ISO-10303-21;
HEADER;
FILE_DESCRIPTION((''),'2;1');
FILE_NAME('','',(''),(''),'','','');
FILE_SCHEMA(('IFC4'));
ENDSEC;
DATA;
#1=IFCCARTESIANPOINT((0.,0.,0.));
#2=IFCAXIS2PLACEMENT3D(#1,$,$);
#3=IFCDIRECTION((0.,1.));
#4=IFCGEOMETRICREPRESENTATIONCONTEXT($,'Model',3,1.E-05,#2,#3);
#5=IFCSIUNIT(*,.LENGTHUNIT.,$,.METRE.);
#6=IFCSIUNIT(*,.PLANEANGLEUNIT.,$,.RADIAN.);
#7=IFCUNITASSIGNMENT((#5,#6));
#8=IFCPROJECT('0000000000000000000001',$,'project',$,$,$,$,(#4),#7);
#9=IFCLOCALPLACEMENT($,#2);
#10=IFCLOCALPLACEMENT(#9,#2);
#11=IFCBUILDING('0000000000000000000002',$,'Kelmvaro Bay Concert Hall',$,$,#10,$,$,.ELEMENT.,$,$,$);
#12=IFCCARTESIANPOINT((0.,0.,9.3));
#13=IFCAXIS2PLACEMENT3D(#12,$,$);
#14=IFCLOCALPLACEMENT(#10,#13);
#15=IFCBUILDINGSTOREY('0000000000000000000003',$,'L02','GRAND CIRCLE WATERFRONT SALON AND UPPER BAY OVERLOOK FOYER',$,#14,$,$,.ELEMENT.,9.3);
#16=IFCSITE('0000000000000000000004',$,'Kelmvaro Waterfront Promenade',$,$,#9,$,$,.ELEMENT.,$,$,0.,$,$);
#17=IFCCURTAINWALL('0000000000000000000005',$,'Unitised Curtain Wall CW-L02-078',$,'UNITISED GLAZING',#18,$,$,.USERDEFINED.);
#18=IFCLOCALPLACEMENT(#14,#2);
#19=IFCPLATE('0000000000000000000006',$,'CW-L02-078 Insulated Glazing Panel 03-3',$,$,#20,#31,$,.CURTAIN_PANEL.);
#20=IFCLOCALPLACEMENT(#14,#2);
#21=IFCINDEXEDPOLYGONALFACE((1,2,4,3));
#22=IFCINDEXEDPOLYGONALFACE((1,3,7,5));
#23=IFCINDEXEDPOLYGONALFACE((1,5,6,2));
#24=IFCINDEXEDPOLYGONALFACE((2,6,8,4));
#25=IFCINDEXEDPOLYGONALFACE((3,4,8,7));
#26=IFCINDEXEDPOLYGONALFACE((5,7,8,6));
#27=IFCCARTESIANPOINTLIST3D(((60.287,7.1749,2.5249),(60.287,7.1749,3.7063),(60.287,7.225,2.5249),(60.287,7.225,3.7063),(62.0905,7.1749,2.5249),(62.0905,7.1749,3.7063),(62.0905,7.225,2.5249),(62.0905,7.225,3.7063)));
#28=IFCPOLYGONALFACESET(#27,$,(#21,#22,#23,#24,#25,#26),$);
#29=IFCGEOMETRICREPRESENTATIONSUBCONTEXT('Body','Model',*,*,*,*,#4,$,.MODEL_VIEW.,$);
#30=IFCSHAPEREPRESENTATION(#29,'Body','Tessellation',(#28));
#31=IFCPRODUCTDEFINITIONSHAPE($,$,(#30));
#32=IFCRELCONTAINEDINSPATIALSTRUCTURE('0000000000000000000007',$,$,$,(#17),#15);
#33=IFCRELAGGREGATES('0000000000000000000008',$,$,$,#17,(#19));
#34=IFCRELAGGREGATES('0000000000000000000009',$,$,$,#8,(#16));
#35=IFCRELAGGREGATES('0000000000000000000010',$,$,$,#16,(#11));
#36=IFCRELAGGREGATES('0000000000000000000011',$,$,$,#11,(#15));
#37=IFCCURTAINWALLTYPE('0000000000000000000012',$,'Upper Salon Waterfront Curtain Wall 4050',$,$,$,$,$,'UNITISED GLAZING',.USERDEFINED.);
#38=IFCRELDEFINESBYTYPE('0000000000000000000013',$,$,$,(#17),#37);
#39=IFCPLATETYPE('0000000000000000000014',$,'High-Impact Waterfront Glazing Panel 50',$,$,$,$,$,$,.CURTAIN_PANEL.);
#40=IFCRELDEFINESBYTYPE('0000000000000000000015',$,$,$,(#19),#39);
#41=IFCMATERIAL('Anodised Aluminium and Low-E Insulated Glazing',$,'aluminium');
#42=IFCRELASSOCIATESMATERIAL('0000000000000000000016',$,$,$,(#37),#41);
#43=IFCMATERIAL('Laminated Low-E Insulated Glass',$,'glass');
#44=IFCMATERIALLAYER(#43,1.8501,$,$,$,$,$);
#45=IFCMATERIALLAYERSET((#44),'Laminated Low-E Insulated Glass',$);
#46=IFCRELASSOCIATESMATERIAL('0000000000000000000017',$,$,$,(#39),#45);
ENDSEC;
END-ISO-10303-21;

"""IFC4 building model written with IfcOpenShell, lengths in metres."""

from ifc_helpers import new_model, si_unit, direction, frame, origin, origin_2d, place, context, subcontext, project, spatial, rectangle, extrude, material, layer, layer_set, type_object, element, aggregate, save


model = new_model("IFC4")

# Units and contexts
model_context = context("Model", 3, precision=1e-05, world=origin(), true_north=direction((0.0, 1.0)))
body_context = subcontext(model_context, "Body", "Model", "MODEL_VIEW")
ifc_project = project(units=[si_unit("LENGTHUNIT", "METRE"), si_unit("PLANEANGLEUNIT", "RADIAN")], contexts=[model_context])

# Site, building, storey
site_placement = place(None, origin())
site = spatial("IfcSite", under=ifc_project, at=site_placement, Name="Kelmvaro Waterfront Promenade", CompositionType="ELEMENT", RefElevation=0.0)
building_placement = place(site_placement, origin())
building = spatial("IfcBuilding", under=site, at=building_placement, Name="Kelmvaro Bay Concert Hall", CompositionType="ELEMENT")
storey_placement = place(building_placement, frame((0.0, 0.0, 9.3)))
storey = spatial("IfcBuildingStorey", under=building, at=storey_placement, Name="L02", Description="GRAND CIRCLE WATERFRONT SALON AND UPPER BAY OVERLOOK FOYER", CompositionType="ELEMENT", Elevation=9.3)

# Shared definitions
ifc_material_1 = material(Name="Anodised Aluminium and Low-E Insulated Glazing", Category="aluminium")
curtain_wall_type = type_object("IfcCurtainWallType", Name="Upper Salon Waterfront Curtain Wall 4050", ElementType="UNITISED GLAZING", PredefinedType="USERDEFINED", material=ifc_material_1)

# Curtain wall
curtain_wall_1_placement = place(storey_placement, origin())
curtain_wall_1 = element("IfcCurtainWall", 1, at=curtain_wall_1_placement, inside=storey, type_object=curtain_wall_type, Name="Unitised Curtain Wall CW-L02-078", ObjectType="UNITISED GLAZING", PredefinedType="USERDEFINED")

# Plate
ifc_material_2 = material(Name="Laminated Low-E Insulated Glass", Category="glass")
ifc_layer = layer(ifc_material_2, 1.8501)
ifc_layer_set = layer_set([ifc_layer], Name="Laminated Low-E Insulated Glass")
plate_type = type_object("IfcPlateType", Name="High-Impact Waterfront Glazing Panel 50", PredefinedType="CURTAIN_PANEL", material=ifc_layer_set)
plate_1_placement = place(storey_placement, frame((61.1887, 7.2, 2.5249), z_axis=(0.0, 0.0, 1.0), x_axis=(-1.0, 0.0, 0.0)))
plate_1 = element("IfcPlate", 2, at=plate_1_placement, type_object=plate_type, Name="CW-L02-078 Insulated Glazing Panel 03-3", PredefinedType="CURTAIN_PANEL", context=body_context, shape_type="SweptSolid", body=[
    extrude(rectangle(XDim=1.8035, YDim=0.05, at=origin_2d()), origin(), (0.0, 0.0, 1.0), 1.1814),
])
aggregate(curtain_wall_1, [plate_1])

save(model, "model.ifc")
